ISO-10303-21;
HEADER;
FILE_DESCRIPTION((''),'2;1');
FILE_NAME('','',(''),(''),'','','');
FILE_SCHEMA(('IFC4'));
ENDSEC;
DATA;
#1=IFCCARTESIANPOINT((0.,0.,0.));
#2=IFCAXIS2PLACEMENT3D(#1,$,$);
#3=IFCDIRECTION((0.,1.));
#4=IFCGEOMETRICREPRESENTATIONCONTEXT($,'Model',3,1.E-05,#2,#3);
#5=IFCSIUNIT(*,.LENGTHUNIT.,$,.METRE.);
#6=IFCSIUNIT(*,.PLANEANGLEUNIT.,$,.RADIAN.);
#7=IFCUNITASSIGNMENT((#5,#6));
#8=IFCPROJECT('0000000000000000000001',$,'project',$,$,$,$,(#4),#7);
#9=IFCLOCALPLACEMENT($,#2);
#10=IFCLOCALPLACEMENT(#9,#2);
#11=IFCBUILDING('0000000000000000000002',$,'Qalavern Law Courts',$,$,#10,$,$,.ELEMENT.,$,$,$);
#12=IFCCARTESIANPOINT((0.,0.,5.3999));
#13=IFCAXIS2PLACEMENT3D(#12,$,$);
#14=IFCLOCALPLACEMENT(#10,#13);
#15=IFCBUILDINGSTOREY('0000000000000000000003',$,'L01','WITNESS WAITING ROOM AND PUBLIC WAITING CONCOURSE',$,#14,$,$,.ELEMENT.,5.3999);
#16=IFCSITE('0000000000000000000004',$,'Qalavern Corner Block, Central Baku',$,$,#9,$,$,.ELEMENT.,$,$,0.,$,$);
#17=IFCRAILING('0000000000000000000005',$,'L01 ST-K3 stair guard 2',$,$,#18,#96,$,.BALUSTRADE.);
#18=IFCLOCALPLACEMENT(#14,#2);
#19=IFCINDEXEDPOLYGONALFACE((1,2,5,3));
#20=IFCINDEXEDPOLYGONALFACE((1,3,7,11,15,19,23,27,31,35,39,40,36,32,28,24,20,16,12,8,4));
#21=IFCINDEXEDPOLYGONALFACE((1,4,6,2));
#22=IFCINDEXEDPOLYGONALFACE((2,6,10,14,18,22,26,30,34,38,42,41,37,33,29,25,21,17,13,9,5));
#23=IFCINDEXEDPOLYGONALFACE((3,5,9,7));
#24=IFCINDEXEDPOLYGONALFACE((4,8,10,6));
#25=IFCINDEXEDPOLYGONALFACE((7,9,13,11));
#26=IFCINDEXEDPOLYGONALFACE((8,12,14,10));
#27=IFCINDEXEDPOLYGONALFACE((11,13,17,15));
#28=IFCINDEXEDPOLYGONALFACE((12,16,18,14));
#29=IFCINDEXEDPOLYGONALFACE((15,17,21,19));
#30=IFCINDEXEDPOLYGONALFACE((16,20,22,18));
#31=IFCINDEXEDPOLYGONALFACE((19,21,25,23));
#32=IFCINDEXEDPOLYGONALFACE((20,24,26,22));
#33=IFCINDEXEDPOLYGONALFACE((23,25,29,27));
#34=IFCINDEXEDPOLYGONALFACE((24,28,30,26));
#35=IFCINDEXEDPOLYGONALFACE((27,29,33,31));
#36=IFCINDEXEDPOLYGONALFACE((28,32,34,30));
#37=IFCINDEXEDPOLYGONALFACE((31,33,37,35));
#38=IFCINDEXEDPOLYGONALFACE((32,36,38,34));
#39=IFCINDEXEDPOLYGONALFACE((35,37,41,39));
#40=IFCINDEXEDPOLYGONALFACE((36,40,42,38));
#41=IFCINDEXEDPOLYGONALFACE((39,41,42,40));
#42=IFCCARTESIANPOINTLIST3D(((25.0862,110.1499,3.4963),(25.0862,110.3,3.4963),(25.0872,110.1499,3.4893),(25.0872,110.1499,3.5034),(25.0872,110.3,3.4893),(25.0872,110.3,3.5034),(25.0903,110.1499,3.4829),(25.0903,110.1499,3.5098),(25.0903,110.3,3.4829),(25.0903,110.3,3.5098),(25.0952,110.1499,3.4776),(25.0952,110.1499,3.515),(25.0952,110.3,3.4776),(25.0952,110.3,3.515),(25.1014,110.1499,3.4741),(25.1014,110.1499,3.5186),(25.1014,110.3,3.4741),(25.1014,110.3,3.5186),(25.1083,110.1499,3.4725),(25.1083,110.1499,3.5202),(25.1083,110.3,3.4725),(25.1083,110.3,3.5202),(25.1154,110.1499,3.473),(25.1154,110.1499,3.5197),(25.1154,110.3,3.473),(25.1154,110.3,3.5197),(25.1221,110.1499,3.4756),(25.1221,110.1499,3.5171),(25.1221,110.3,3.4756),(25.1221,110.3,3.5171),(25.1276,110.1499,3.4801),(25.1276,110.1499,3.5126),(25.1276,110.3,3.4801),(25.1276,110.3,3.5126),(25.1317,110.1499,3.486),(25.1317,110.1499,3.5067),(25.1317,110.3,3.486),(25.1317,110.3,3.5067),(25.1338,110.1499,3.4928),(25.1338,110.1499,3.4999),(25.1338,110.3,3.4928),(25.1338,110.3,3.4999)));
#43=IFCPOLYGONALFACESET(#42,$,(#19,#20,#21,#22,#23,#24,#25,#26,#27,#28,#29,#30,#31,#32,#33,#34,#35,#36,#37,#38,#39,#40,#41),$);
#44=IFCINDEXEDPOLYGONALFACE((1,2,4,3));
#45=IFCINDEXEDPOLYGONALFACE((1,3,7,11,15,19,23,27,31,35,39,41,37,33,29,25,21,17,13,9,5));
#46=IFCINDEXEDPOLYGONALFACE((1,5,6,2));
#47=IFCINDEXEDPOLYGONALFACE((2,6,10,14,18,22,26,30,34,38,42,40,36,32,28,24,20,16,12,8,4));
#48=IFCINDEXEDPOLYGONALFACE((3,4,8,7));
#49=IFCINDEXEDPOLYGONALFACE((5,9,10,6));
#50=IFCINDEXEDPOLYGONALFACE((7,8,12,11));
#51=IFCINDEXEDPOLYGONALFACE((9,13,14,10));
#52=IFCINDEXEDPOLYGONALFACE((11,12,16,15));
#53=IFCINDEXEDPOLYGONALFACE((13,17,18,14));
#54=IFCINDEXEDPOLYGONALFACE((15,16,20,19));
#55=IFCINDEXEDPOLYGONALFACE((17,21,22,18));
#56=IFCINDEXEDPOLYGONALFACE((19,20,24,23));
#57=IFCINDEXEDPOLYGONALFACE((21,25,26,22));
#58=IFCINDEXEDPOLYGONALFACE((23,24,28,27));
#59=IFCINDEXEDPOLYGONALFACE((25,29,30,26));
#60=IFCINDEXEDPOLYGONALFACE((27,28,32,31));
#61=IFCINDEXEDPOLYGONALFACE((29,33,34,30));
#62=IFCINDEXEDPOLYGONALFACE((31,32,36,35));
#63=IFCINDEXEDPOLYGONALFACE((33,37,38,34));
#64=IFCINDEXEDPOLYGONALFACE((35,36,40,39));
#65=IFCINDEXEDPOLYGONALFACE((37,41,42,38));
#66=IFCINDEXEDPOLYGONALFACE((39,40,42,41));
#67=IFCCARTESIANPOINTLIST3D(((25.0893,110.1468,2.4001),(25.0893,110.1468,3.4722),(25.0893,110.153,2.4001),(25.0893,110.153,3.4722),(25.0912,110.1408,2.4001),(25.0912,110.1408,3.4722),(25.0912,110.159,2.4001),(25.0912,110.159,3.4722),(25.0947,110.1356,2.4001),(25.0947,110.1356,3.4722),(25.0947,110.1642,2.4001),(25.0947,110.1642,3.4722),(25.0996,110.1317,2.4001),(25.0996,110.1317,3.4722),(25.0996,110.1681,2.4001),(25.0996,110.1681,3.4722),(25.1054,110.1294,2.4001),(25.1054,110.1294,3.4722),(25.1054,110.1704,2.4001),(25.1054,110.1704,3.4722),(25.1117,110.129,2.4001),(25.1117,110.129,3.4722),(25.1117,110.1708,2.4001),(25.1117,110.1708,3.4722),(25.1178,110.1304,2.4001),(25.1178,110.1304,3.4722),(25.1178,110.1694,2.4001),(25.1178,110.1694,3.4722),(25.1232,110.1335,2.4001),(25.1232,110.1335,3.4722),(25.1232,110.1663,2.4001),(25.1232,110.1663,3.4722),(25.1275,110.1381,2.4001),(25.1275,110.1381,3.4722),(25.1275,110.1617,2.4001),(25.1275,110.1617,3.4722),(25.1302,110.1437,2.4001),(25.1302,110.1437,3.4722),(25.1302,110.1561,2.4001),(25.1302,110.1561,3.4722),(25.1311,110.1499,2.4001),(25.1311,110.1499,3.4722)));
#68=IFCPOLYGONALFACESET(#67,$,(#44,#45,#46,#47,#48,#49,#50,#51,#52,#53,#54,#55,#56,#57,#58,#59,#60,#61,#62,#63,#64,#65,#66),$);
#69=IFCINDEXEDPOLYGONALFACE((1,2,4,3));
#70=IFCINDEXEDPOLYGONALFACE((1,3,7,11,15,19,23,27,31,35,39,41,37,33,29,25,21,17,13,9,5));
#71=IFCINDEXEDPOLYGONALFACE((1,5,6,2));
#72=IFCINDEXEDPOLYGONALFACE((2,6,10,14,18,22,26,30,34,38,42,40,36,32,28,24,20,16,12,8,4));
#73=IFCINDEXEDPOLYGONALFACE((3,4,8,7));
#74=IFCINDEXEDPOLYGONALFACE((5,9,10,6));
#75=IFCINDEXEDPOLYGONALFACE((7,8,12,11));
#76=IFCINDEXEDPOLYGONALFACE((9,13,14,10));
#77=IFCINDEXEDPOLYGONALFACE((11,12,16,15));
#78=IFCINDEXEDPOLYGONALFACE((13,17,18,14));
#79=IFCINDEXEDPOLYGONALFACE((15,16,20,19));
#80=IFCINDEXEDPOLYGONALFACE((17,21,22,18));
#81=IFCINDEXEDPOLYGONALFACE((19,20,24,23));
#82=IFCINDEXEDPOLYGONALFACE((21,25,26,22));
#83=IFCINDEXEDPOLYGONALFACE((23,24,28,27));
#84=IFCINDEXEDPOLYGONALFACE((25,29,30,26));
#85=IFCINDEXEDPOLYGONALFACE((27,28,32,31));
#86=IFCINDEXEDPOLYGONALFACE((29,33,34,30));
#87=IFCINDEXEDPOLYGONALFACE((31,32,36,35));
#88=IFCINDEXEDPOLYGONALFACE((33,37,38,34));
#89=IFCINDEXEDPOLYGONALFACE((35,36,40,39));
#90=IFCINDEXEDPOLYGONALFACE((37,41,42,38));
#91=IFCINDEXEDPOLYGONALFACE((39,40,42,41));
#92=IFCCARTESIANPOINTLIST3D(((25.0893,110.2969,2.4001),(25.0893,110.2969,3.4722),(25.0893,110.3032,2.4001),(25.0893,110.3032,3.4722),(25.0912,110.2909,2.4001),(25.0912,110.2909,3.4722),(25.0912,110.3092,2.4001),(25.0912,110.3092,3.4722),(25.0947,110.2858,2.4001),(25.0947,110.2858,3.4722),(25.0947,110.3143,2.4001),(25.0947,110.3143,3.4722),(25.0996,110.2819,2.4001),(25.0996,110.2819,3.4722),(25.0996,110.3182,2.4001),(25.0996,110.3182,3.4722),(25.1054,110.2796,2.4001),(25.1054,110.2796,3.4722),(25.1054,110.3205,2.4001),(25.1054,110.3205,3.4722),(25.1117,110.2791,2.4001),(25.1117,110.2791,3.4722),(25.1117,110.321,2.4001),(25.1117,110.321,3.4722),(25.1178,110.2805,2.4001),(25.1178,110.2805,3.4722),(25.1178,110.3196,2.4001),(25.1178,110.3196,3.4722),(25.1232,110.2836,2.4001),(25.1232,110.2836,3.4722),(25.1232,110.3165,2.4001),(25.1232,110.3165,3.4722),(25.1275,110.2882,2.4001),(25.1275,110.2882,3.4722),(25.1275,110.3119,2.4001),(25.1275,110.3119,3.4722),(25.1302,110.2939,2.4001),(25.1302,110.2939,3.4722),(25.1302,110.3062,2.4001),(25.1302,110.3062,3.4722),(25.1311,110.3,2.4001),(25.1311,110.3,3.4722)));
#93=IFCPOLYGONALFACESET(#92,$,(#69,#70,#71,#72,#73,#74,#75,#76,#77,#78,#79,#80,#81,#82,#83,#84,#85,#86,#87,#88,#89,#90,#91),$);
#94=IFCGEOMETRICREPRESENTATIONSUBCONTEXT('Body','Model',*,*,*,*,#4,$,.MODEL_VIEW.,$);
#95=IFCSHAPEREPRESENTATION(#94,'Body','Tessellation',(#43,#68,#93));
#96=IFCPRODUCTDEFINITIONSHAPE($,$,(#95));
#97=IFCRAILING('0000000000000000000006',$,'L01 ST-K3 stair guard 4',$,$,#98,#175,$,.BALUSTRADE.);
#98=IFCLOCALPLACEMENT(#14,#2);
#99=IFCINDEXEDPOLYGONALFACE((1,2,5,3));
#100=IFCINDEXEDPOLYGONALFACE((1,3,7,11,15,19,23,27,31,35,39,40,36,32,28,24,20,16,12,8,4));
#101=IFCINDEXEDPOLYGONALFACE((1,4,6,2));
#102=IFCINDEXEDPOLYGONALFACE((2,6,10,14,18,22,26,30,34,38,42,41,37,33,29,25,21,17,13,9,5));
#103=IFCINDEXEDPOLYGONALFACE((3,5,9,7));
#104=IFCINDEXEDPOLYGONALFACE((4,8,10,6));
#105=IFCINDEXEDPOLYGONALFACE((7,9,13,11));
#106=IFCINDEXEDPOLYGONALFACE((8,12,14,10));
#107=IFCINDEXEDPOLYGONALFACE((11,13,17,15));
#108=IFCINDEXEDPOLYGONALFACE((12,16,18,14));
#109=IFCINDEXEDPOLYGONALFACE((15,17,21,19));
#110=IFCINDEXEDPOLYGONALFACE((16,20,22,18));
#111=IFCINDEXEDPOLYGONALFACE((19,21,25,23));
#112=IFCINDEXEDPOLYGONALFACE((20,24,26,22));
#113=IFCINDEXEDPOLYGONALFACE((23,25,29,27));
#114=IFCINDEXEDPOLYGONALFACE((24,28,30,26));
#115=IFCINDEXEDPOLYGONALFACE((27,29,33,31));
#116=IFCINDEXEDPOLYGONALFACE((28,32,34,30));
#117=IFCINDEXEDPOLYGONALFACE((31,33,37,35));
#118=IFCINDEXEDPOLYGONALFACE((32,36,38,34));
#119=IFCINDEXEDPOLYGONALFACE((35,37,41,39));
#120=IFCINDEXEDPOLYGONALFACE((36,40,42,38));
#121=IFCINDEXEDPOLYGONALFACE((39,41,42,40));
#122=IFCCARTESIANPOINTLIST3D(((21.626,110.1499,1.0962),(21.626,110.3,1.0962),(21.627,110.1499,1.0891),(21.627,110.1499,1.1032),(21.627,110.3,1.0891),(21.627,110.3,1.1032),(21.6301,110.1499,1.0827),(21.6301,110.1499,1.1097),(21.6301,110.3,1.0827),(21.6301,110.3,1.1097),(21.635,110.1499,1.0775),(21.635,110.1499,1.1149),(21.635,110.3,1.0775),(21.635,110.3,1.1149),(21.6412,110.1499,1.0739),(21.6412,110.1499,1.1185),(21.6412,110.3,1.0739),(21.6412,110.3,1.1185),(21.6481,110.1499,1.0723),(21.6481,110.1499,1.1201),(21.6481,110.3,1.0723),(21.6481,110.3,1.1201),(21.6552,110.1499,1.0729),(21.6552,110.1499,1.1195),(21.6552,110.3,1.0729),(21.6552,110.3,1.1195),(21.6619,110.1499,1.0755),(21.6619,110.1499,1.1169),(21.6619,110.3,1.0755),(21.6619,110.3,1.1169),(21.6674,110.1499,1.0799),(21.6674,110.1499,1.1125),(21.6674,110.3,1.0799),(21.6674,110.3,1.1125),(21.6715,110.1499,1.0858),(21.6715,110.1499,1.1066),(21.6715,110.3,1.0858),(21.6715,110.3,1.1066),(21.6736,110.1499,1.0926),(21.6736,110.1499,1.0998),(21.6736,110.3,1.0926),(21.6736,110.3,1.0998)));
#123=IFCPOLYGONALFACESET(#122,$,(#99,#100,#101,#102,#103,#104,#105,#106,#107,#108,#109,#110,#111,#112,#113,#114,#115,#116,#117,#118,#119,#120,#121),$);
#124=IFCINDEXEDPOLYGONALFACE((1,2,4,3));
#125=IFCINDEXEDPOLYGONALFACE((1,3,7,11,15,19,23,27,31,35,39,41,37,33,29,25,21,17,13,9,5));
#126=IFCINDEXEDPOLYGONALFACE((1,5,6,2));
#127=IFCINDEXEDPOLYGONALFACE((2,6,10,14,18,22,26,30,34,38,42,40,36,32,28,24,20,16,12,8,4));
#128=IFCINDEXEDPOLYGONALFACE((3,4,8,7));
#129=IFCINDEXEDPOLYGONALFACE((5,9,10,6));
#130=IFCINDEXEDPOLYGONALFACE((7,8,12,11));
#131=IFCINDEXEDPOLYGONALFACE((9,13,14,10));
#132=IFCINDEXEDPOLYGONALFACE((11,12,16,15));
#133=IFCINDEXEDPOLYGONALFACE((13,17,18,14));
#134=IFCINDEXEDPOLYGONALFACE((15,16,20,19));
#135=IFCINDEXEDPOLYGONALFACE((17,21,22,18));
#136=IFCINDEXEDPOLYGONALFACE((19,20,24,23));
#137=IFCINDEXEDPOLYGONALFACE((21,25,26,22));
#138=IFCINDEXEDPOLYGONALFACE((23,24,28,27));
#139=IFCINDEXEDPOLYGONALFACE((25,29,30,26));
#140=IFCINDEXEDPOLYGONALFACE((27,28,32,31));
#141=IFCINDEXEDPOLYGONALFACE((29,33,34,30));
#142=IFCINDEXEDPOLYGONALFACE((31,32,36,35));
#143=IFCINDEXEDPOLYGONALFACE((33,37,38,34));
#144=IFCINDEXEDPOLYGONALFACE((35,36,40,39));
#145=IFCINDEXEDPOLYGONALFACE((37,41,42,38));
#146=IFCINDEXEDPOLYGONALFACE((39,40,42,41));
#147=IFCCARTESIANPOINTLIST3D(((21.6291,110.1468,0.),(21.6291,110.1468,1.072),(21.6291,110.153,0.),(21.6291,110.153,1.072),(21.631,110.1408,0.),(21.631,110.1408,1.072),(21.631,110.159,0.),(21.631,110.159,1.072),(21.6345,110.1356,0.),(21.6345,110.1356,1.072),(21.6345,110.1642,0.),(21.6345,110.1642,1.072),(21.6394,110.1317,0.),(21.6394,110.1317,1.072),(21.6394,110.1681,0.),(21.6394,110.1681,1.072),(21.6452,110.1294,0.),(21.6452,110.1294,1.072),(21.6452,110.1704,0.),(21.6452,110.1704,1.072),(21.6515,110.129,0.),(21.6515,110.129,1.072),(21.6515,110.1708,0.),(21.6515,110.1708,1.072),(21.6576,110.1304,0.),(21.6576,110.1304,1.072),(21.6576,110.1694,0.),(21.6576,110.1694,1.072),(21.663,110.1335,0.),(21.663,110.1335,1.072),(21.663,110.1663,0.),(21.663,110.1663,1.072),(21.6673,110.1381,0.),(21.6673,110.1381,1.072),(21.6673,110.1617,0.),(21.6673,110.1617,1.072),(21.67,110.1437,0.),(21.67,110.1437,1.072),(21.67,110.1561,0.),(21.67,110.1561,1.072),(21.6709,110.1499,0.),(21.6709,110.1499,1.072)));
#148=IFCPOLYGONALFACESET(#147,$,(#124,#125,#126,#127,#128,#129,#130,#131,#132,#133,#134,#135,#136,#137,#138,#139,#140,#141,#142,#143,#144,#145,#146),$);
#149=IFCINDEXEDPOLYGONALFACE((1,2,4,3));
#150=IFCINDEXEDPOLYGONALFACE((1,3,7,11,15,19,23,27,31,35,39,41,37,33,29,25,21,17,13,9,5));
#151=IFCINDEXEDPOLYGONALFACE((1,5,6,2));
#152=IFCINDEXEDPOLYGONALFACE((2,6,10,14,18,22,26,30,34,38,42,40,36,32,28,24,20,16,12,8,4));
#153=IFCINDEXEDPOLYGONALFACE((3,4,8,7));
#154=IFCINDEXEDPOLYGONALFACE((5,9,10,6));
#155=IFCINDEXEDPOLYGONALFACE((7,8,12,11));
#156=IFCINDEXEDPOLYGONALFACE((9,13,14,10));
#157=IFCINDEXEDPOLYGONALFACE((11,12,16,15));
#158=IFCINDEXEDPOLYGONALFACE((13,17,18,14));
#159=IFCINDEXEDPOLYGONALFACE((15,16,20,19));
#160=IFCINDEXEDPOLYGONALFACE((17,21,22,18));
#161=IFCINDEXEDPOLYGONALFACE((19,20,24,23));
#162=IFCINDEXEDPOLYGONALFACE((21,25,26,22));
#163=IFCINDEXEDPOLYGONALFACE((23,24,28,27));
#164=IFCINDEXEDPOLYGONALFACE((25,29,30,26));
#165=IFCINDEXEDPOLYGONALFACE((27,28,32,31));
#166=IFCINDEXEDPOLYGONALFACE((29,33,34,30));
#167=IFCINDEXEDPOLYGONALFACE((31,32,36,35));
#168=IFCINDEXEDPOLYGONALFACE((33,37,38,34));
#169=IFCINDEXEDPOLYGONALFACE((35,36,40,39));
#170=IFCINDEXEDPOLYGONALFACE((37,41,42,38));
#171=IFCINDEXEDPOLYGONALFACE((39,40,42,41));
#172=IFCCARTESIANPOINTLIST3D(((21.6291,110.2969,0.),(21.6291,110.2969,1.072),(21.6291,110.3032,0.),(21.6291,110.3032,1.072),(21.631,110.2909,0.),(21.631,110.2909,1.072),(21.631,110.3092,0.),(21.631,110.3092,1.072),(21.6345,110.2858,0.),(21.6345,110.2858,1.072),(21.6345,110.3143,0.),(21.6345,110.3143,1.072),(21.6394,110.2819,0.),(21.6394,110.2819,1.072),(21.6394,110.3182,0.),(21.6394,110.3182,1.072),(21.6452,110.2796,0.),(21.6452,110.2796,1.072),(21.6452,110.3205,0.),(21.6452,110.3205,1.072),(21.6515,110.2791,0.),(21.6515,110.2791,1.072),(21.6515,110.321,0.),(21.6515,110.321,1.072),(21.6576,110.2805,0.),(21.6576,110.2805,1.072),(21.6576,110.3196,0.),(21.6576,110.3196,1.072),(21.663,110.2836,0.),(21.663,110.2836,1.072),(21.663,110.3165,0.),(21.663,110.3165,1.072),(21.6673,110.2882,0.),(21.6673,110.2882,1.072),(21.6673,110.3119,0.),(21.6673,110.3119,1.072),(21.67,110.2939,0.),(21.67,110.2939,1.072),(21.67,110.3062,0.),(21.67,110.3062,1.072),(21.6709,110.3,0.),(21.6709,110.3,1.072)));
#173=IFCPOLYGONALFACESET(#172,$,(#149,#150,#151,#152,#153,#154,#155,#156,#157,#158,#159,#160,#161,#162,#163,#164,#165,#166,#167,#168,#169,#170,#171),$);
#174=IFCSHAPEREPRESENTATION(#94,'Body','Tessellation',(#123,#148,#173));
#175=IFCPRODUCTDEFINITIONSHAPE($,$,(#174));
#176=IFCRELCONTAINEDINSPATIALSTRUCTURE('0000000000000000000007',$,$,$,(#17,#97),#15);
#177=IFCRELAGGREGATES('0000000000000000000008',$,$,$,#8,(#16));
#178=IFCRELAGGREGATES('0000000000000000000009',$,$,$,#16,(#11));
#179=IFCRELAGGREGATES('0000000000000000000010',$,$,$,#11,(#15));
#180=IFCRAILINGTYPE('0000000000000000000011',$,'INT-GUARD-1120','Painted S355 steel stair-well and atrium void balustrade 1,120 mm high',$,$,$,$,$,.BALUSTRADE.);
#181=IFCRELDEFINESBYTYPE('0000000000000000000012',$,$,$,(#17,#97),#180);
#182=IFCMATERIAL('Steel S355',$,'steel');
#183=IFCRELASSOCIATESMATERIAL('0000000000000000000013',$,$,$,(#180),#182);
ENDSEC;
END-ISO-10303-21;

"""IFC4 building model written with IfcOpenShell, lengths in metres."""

from ifc_helpers import new_model, si_unit, direction, frame, origin, origin_2d, place, context, subcontext, project, spatial, circle, extrude, material, type_object, element, save


model = new_model("IFC4")

# Units and contexts
model_context = context("Model", 3, precision=1e-05, world=origin(), true_north=direction((0.0, 1.0)))
body_context = subcontext(model_context, "Body", "Model", "MODEL_VIEW")
ifc_project = project(units=[si_unit("LENGTHUNIT", "METRE"), si_unit("PLANEANGLEUNIT", "RADIAN")], contexts=[model_context])

# Site, building, storey
site_placement = place(None, origin())
site = spatial("IfcSite", under=ifc_project, at=site_placement, Name="Qalavern Corner Block, Central Baku", CompositionType="ELEMENT", RefElevation=0.0)
building_placement = place(site_placement, origin())
building = spatial("IfcBuilding", under=site, at=building_placement, Name="Qalavern Law Courts", CompositionType="ELEMENT")
storey_placement = place(building_placement, frame((0.0, 0.0, 5.3999)))
storey = spatial("IfcBuildingStorey", under=building, at=storey_placement, Name="L01", Description="WITNESS WAITING ROOM AND PUBLIC WAITING CONCOURSE", CompositionType="ELEMENT", Elevation=5.3999)

# Shared definitions
ifc_material_1 = material(Name="Steel S355", Category="steel")

# Railings
railing_type_1 = type_object("IfcRailingType", Name="INT-GUARD-1120", Description="Painted S355 steel stair-well and atrium void balustrade 1,120 mm high", PredefinedType="BALUSTRADE", material=ifc_material_1)
for number, where, name in (
    (1, (25.1101, 110.1499, 2.4001), "L01 ST-K3 stair guard 2"),
    (2, (21.6499, 110.1499, 0.0), "L01 ST-K3 stair guard 4"),
):
    element("IfcRailing", number, at=place(storey_placement, frame(where)), inside=storey, type_object=railing_type_1, Name=name, PredefinedType="BALUSTRADE", context=body_context, shape_type="SweptSolid", body=[
        extrude(circle(Radius=0.0239, at=origin_2d()), frame((0.0, 0.0, 1.0962), z_axis=(0.0, 1.0, 0.0), x_axis=(-1.0, 0.0, 0.0)), (0.0, 0.0, 1.0), 0.1501),
        extrude(circle(Radius=0.021, at=origin_2d()), origin(), (0.0, 0.0, 1.0), 1.072),
        extrude(circle(Radius=0.021, at=origin_2d()), frame((0.0, 0.1501, 0.0)), (0.0, 0.0, 1.0), 1.072),
    ])

save(model, "model.ifc")
